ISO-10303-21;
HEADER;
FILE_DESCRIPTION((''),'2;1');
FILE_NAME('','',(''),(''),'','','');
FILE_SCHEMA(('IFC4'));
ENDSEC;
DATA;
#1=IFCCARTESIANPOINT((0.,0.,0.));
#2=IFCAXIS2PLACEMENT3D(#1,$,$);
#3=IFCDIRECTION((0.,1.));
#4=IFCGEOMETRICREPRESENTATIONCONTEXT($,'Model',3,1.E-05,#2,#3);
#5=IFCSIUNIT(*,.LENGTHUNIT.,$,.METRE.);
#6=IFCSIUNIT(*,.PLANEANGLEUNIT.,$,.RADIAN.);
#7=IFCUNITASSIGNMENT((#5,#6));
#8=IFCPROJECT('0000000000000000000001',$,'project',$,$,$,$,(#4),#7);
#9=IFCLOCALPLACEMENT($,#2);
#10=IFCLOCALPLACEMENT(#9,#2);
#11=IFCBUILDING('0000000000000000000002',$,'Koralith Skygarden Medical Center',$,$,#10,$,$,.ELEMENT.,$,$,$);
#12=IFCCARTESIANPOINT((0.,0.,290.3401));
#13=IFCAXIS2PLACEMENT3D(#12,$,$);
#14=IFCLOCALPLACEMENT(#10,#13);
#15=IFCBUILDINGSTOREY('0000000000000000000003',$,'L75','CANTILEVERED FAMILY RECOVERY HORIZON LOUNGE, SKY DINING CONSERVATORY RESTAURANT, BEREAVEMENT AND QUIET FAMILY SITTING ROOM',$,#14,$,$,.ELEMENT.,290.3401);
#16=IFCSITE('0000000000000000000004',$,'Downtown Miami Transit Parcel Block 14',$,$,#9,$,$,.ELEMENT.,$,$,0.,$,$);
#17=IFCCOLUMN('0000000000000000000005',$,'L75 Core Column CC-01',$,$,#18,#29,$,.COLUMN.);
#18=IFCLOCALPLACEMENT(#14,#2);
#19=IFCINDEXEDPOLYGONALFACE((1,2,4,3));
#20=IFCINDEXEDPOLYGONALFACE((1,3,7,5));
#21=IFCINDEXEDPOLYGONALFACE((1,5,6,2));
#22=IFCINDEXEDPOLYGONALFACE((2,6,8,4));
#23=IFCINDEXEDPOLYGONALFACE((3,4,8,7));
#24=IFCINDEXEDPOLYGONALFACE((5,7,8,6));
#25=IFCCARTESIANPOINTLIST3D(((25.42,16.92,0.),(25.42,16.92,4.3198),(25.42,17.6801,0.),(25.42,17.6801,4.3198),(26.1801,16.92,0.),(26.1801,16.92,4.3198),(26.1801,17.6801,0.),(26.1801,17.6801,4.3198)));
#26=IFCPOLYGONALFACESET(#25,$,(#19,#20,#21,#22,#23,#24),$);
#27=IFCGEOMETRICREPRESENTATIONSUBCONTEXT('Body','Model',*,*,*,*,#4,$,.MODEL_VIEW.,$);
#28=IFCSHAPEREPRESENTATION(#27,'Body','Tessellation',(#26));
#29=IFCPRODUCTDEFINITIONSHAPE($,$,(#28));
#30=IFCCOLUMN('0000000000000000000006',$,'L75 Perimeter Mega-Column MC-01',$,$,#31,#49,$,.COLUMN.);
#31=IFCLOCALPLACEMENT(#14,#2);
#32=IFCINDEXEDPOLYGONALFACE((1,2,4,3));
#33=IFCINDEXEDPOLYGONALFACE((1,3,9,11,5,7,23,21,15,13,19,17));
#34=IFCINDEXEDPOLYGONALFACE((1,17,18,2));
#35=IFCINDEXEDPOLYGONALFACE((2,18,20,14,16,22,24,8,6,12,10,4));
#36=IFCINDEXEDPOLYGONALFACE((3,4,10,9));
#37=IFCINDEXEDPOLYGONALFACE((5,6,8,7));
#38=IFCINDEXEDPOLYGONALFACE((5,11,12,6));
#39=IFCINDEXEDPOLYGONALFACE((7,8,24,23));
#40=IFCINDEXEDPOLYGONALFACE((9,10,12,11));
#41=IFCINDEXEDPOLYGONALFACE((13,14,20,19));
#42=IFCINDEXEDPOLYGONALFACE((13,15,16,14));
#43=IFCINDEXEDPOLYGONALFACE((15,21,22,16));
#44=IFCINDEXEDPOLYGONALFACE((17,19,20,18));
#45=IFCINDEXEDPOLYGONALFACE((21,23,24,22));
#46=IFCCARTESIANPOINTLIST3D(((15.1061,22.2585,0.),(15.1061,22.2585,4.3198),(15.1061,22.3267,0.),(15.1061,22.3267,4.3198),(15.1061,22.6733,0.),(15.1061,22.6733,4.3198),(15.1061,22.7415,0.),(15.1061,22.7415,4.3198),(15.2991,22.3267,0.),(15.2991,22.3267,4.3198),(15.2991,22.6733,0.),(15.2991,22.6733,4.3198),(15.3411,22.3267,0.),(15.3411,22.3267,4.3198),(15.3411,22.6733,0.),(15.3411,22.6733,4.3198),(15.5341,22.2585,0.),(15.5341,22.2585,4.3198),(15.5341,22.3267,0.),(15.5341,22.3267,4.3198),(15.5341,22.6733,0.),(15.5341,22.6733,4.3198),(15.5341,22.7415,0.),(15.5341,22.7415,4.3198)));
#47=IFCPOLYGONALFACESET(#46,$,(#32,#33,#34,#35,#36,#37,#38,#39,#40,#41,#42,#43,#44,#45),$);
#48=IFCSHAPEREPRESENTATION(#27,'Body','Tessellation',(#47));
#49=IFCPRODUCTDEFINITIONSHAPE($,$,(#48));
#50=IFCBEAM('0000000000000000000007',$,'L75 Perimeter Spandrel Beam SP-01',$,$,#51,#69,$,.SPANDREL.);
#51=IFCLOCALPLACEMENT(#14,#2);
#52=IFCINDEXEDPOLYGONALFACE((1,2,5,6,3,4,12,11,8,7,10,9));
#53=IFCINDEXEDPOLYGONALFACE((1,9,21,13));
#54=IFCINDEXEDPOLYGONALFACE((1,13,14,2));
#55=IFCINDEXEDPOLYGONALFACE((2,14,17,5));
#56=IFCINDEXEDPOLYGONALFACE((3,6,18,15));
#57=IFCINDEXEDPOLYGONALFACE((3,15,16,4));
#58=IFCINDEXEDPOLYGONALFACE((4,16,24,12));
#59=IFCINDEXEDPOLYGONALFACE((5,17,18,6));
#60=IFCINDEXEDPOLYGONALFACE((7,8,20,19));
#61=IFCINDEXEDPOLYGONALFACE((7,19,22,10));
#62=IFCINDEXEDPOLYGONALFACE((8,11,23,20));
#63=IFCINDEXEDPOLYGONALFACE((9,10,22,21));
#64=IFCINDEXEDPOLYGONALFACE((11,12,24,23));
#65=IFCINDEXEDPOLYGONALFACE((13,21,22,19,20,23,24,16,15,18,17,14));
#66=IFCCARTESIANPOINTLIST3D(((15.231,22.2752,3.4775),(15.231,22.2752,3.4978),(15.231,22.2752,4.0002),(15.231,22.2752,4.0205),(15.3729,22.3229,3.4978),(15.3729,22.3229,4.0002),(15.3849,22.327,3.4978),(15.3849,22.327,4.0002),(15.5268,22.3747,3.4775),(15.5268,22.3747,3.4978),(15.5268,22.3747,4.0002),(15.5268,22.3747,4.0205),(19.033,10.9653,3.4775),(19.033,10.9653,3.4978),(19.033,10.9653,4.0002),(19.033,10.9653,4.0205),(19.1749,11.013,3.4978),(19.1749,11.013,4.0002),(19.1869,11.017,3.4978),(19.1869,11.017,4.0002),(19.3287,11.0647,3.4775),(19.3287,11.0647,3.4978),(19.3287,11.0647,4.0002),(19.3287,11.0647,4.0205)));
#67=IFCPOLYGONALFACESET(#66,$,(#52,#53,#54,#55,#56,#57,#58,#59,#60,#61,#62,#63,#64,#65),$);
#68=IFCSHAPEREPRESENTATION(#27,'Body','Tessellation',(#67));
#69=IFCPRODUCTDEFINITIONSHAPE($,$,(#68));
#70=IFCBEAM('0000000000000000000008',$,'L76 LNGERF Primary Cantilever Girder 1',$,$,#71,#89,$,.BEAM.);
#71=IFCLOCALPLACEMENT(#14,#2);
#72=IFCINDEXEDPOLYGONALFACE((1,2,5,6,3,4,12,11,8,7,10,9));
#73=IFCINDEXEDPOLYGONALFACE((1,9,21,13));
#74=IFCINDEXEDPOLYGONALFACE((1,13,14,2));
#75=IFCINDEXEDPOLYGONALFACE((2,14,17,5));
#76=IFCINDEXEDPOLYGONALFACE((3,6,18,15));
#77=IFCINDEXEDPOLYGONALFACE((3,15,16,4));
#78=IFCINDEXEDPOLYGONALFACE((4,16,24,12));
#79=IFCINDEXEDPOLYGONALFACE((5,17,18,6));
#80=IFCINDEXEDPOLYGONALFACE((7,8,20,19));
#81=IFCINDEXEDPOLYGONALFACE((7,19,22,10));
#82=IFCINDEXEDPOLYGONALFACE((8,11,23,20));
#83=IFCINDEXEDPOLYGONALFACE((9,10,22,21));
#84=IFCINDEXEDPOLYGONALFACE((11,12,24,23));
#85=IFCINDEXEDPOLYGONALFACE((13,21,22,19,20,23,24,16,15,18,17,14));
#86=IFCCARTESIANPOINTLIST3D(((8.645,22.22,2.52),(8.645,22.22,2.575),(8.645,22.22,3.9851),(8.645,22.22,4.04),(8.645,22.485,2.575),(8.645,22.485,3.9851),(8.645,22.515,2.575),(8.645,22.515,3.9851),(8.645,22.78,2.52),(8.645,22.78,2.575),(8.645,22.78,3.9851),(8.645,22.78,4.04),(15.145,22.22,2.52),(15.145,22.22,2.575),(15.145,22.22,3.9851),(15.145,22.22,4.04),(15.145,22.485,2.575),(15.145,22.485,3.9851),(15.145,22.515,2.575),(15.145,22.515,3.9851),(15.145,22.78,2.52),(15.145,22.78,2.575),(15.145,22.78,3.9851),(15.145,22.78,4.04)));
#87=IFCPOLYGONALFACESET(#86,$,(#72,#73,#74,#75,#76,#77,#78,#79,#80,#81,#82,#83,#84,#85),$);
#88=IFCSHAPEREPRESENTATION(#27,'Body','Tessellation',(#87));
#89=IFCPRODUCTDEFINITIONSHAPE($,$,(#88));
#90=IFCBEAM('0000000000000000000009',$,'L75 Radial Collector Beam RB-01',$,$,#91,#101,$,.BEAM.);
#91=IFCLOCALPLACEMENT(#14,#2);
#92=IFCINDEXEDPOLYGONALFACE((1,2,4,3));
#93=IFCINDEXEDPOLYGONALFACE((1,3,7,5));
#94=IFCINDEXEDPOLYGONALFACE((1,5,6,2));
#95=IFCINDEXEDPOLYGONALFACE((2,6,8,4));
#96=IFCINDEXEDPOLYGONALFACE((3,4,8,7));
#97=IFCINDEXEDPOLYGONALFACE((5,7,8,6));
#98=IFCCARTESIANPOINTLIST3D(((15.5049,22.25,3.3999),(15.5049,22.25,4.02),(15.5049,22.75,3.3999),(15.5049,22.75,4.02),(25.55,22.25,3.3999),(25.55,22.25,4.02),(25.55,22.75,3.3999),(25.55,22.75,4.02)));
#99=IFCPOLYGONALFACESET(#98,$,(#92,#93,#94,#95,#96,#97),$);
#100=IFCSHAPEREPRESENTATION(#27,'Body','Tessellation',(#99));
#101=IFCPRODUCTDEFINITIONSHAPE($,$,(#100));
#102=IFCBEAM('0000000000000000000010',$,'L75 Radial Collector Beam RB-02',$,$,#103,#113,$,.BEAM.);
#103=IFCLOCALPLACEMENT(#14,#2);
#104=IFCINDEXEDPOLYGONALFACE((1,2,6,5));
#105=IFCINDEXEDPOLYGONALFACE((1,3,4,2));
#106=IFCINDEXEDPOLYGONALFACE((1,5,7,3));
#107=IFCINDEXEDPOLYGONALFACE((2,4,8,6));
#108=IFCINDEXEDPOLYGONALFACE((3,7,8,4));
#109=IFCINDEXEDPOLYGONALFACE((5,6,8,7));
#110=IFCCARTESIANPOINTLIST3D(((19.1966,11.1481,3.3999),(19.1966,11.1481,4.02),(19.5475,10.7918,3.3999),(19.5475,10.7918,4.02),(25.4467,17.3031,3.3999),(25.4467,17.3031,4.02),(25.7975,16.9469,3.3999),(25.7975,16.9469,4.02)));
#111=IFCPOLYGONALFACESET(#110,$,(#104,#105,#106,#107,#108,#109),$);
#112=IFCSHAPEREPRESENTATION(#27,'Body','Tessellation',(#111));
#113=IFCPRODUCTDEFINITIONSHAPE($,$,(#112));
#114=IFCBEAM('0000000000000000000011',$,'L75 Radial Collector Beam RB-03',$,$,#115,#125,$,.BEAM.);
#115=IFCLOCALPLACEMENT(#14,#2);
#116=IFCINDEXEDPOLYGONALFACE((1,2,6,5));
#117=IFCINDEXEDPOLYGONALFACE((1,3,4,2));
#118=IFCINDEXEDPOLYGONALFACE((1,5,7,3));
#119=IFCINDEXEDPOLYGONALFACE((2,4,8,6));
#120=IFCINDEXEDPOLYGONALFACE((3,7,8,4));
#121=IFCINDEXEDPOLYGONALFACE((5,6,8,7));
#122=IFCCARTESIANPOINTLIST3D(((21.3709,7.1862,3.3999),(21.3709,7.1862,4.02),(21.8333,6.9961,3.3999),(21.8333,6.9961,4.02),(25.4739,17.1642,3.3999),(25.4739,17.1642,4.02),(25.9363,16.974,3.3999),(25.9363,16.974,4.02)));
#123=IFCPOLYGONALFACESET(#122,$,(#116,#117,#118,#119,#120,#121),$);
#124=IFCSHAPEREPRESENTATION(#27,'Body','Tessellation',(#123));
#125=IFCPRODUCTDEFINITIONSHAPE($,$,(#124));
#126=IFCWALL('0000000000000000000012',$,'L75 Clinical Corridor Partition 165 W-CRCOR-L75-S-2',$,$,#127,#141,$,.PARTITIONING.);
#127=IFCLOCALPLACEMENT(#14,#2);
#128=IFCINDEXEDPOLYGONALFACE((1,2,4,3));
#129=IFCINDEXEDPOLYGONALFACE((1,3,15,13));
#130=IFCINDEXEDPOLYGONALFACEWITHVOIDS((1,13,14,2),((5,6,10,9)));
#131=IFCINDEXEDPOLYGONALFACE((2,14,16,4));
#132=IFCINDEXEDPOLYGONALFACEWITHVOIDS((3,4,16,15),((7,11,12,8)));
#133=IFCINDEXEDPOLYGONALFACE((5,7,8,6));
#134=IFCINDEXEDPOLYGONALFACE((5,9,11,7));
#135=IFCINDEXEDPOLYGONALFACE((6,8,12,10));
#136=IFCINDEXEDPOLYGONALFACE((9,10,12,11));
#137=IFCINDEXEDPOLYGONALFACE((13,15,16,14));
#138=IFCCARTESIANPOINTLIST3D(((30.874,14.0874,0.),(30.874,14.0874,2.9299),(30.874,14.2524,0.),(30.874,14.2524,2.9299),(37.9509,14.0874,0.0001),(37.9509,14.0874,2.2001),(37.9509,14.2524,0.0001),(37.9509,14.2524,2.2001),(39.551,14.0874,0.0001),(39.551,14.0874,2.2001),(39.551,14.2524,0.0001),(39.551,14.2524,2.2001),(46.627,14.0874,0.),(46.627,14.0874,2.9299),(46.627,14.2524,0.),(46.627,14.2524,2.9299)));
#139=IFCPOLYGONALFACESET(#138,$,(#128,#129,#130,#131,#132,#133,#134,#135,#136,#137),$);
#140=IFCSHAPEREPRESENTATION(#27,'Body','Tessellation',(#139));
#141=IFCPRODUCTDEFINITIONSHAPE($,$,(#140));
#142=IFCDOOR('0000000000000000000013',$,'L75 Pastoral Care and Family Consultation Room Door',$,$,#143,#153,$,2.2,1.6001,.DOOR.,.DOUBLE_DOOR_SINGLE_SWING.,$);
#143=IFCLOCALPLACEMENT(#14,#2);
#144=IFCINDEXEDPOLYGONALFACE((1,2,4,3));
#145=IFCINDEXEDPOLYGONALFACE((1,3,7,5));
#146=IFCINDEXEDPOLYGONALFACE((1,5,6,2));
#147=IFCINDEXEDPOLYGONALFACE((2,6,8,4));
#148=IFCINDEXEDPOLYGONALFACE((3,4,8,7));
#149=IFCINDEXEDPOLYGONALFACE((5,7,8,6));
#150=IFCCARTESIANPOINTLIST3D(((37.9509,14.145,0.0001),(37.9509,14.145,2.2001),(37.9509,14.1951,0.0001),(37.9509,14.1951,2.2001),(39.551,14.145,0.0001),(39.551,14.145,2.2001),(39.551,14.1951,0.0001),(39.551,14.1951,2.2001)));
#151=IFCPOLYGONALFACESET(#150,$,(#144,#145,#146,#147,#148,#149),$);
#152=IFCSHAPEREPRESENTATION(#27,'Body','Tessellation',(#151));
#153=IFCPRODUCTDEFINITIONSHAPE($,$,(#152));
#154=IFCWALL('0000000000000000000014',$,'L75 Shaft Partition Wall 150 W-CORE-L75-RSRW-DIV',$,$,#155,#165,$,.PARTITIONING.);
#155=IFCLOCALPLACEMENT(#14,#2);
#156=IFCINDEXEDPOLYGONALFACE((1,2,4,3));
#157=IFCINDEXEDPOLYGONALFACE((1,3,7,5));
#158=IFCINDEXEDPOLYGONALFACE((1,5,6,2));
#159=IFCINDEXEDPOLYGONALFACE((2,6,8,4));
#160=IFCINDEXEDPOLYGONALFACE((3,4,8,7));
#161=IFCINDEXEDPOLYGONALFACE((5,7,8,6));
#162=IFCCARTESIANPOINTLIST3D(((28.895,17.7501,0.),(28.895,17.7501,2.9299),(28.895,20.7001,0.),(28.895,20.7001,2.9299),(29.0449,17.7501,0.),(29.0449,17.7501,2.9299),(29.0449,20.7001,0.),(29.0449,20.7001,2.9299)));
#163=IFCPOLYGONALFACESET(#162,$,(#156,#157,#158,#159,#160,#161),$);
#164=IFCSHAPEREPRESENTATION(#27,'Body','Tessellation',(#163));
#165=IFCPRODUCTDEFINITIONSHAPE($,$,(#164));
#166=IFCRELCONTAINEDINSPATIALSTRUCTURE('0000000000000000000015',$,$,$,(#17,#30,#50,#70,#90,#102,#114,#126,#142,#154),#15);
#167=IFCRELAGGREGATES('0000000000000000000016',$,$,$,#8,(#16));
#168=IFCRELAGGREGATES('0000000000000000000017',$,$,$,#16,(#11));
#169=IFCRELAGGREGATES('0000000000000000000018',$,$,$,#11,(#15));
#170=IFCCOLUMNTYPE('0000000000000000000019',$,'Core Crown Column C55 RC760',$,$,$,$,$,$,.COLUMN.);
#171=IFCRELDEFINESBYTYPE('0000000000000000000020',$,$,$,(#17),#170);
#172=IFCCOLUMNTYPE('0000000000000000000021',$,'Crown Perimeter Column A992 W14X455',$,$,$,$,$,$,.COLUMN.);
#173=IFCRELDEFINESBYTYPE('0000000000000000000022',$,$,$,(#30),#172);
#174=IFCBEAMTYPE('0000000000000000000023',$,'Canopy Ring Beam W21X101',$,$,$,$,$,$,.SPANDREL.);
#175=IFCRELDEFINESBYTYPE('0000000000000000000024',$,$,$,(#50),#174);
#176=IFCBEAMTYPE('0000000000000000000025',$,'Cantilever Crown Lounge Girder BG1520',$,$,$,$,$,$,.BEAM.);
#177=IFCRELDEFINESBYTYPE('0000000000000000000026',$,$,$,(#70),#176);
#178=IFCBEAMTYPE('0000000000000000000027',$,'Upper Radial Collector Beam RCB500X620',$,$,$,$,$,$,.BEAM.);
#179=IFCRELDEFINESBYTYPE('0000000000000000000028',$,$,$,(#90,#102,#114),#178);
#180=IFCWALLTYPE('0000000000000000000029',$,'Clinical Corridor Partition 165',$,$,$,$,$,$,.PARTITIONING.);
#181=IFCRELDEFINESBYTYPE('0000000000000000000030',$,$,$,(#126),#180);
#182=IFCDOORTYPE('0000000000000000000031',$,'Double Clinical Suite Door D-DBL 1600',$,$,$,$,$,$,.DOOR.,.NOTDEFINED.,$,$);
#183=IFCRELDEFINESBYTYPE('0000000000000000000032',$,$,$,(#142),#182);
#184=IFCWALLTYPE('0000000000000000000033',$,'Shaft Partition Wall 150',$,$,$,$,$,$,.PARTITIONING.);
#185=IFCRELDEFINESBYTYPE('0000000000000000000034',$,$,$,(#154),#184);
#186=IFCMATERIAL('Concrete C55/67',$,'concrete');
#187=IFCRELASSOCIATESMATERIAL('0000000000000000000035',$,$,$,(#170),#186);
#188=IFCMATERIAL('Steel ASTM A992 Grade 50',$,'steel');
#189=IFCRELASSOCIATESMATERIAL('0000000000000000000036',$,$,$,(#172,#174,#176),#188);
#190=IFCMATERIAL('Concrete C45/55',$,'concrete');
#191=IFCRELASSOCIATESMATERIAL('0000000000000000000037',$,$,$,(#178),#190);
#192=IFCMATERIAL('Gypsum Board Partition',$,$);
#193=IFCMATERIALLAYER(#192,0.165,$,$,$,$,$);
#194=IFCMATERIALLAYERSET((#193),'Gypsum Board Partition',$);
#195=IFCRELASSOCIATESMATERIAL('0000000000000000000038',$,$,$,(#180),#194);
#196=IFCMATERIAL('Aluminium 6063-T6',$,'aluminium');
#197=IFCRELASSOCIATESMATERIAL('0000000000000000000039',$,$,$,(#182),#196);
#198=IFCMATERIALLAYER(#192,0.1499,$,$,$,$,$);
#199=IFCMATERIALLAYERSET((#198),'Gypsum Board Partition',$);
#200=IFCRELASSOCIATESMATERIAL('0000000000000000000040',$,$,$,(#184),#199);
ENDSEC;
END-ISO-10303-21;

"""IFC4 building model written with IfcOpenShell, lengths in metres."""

from ifc_helpers import new_model, si_unit, direction, frame, frame_2d, origin, origin_2d, place, context, subcontext, project, spatial, rectangle, i_section, extrude, material, layer, layer_set, material_profile, profile_set, type_object, element, fill, save


model = new_model("IFC4")

# Units and contexts
model_context = context("Model", 3, precision=1e-05, world=origin(), true_north=direction((0.0, 1.0)))
body_context = subcontext(model_context, "Body", "Model", "MODEL_VIEW")
ifc_project = project(units=[si_unit("LENGTHUNIT", "METRE"), si_unit("PLANEANGLEUNIT", "RADIAN")], contexts=[model_context])

# Site, building, storey
site_placement = place(None, origin())
site = spatial("IfcSite", under=ifc_project, at=site_placement, Name="Downtown Miami Transit Parcel Block 14", CompositionType="ELEMENT", RefElevation=0.0)
building_placement = place(site_placement, origin())
building = spatial("IfcBuilding", under=site, at=building_placement, Name="Koralith Skygarden Medical Center", CompositionType="ELEMENT")
storey_placement = place(building_placement, frame((0.0, 0.0, 290.3401)))
storey = spatial("IfcBuildingStorey", under=building, at=storey_placement, Name="L75", Description="CANTILEVERED FAMILY RECOVERY HORIZON LOUNGE, SKY DINING CONSERVATORY RESTAURANT, BEREAVEMENT AND QUIET FAMILY SITTING ROOM", CompositionType="ELEMENT", Elevation=290.3401)

# Columns
ifc_material_1 = material(Name="Concrete C55/67", Category="concrete")
ifc_material_profile_1 = material_profile(ifc_material_1, rectangle(XDim=0.76, YDim=0.76, at=origin_2d()), Name="RC760X760")
ifc_profile_set_1 = profile_set([ifc_material_profile_1], Name="Concrete C55/67")
column_type_1 = type_object("IfcColumnType", Name="Core Crown Column C55 RC760", PredefinedType="COLUMN", material=ifc_profile_set_1)
column_1_placement = place(storey_placement, frame((25.8, 17.3, 0.0), z_axis=(0.0, 0.0, 1.0), x_axis=(1.0, 0.0, 0.0)))
element("IfcColumn", 1, at=column_1_placement, inside=storey, type_object=column_type_1, Name="L75 Core Column CC-01", PredefinedType="COLUMN", context=body_context, shape_type="SweptSolid", body=[
    extrude(rectangle(XDim=0.76, YDim=0.76, at=origin_2d()), origin(), (0.0, 0.0, 1.0), 4.3198),
])
ifc_material_2 = material(Name="Steel ASTM A992 Grade 50", Category="steel")
ifc_material_profile_2 = material_profile(ifc_material_2, i_section(OverallWidth=0.428, OverallDepth=0.4829, WebThickness=0.042, FlangeThickness=0.0681, at=origin_2d()), Name="W14X455")
ifc_profile_set_2 = profile_set([ifc_material_profile_2], Name="Steel ASTM A992 Grade 50")
column_type_2 = type_object("IfcColumnType", Name="Crown Perimeter Column A992 W14X455", PredefinedType="COLUMN", material=ifc_profile_set_2)
column_2_placement = place(storey_placement, frame((15.3201, 22.5, 0.0), z_axis=(0.0, 0.0, 1.0), x_axis=(1.0, 0.0, 0.0)))
element("IfcColumn", 2, at=column_2_placement, inside=storey, type_object=column_type_2, Name="L75 Perimeter Mega-Column MC-01", PredefinedType="COLUMN", context=body_context, shape_type="SweptSolid", body=[
    extrude(i_section(OverallWidth=0.428, OverallDepth=0.4829, WebThickness=0.042, FlangeThickness=0.0681, at=origin_2d()), origin(), (0.0, 0.0, 1.0), 4.3198),
])

# Beams
ifc_material_profile_3 = material_profile(ifc_material_2, i_section(OverallWidth=0.312, OverallDepth=0.543, WebThickness=0.0127, FlangeThickness=0.0203, at=origin_2d()), Name="W21X101")
ifc_profile_set_3 = profile_set([ifc_material_profile_3], Name="Steel ASTM A992 Grade 50")
beam_type_1 = type_object("IfcBeamType", Name="Canopy Ring Beam W21X101", PredefinedType="SPANDREL", material=ifc_profile_set_3)
beam_1_placement = place(storey_placement, frame((15.3789, 22.325, 3.749), z_axis=(0.318639, -0.947876, 0.0), x_axis=(0.947876, 0.318639, 0.0)))
element("IfcBeam", 3, at=beam_1_placement, inside=storey, type_object=beam_type_1, Name="L75 Perimeter Spandrel Beam SP-01", PredefinedType="SPANDREL", context=body_context, shape_type="SweptSolid", body=[
    extrude(i_section(OverallWidth=0.312, OverallDepth=0.543, WebThickness=0.0127, FlangeThickness=0.0203, at=origin_2d()), origin(), (0.0, 0.0, 1.0), 11.9319),
])
ifc_material_profile_4 = material_profile(ifc_material_2, i_section(OverallWidth=0.5601, OverallDepth=1.52, WebThickness=0.03, FlangeThickness=0.0549, at=origin_2d()), Name="BG1520X560X55X30")
ifc_profile_set_4 = profile_set([ifc_material_profile_4], Name="Steel ASTM A992 Grade 50")
beam_type_2 = type_object("IfcBeamType", Name="Cantilever Crown Lounge Girder BG1520", PredefinedType="BEAM", material=ifc_profile_set_4)
beam_2_placement = place(storey_placement, frame((15.145, 22.5, 3.28), z_axis=(-1.0, 0.0, 0.0), x_axis=(0.0, -1.0, 0.0)))
element("IfcBeam", 4, at=beam_2_placement, inside=storey, type_object=beam_type_2, Name="L76 LNGERF Primary Cantilever Girder 1", PredefinedType="BEAM", context=body_context, shape_type="SweptSolid", body=[
    extrude(i_section(OverallWidth=0.5601, OverallDepth=1.52, WebThickness=0.03, FlangeThickness=0.0549, at=origin_2d()), origin(), (0.0, 0.0, 1.0), 6.5),
])
ifc_material_3 = material(Name="Concrete C45/55", Category="concrete")
ifc_material_profile_5 = material_profile(ifc_material_3, rectangle(XDim=0.5, YDim=0.6201, at=origin_2d()), Name="RCB500X620")
ifc_profile_set_5 = profile_set([ifc_material_profile_5], Name="Concrete C45/55")
beam_type_3 = type_object("IfcBeamType", Name="Upper Radial Collector Beam RCB500X620", PredefinedType="BEAM", material=ifc_profile_set_5)
beam_3_placement = place(storey_placement, frame((25.55, 22.5, 3.71), z_axis=(-1.0, 0.0, 0.0), x_axis=(0.0, -1.0, 0.0)))
element("IfcBeam", 5, at=beam_3_placement, inside=storey, type_object=beam_type_3, Name="L75 Radial Collector Beam RB-01", PredefinedType="BEAM", context=body_context, shape_type="SweptSolid", body=[
    extrude(rectangle(XDim=0.5, YDim=0.6201, at=origin_2d()), origin(), (0.0, 0.0, 1.0), 10.0452),
])
beam_4_placement = place(storey_placement, frame((25.6221, 17.125, 3.71), z_axis=(-0.712499, -0.701673, 0.0), x_axis=(0.701673, -0.712499, 0.0)))
element("IfcBeam", 6, at=beam_4_placement, inside=storey, type_object=beam_type_3, Name="L75 Radial Collector Beam RB-02", PredefinedType="BEAM", context=body_context, shape_type="SweptSolid", body=[
    extrude(rectangle(XDim=0.5, YDim=0.6201, at=origin_2d()), origin(), (0.0, 0.0, 1.0), 8.772),
])
beam_5_placement = place(storey_placement, frame((25.7051, 17.0691, 3.71), z_axis=(-0.380308, -0.92486, 0.0), x_axis=(0.92486, -0.380308, 0.0)))
element("IfcBeam", 7, at=beam_5_placement, inside=storey, type_object=beam_type_3, Name="L75 Radial Collector Beam RB-03", PredefinedType="BEAM", context=body_context, shape_type="SweptSolid", body=[
    extrude(rectangle(XDim=0.5, YDim=0.6201, at=origin_2d()), origin(), (0.0, 0.0, 1.0), 10.7886),
])

# Shared definitions
ifc_material_4 = material(Name="Gypsum Board Partition")
ifc_material_5 = material(Name="Aluminium 6063-T6", Category="aluminium")

# Wall, opening, door
ifc_layer_1 = layer(ifc_material_4, 0.165)
ifc_layer_set_1 = layer_set([ifc_layer_1], Name="Gypsum Board Partition")
wall_type_1 = type_object("IfcWallType", Name="Clinical Corridor Partition 165", PredefinedType="PARTITIONING", material=ifc_layer_set_1)
wall_1_placement = place(storey_placement, frame((30.874, 14.1699, 0.0), z_axis=(0.0, 0.0, 1.0), x_axis=(1.0, 0.0, 0.0)))
wall_1 = element("IfcWall", 8, at=wall_1_placement, inside=storey, type_object=wall_type_1, Name="L75 Clinical Corridor Partition 165 W-CRCOR-L75-S-2", PredefinedType="PARTITIONING", context=body_context, shape_type="SweptSolid", body=[
    extrude(rectangle(XDim=15.7529, YDim=0.165, at=frame_2d((7.8765, 0.0))), origin(), (0.0, 0.0, 1.0), 2.9299),
])
opening_1_placement = place(wall_1_placement, frame((7.0769, 0.0, 0.0)))
opening_1 = element("IfcOpeningElement", 9, at=opening_1_placement, cuts=wall_1, PredefinedType="OPENING", context=body_context, shape_type="SweptSolid", body=[
    extrude(rectangle(XDim=1.6001, YDim=2.2, at=frame_2d((0.8, 1.1001))), frame((0.0, 0.0925, 0.0), z_axis=(0.0, -1.0, 0.0), x_axis=(1.0, 0.0, 0.0)), (0.0, 0.0, 1.0), 0.1851),
])
door_type_1 = type_object("IfcDoorType", Name="Double Clinical Suite Door D-DBL 1600", OperationType="NOTDEFINED", PredefinedType="DOOR", material=ifc_material_5)
door_1_placement = place(opening_1_placement, frame((1.6001, 0.0, 0.0), z_axis=(0.0, 0.0, 1.0), x_axis=(-1.0, 0.0, 0.0)))
door_1 = element("IfcDoor", 10, at=door_1_placement, inside=storey, type_object=door_type_1, Name="L75 Pastoral Care and Family Consultation Room Door", OperationType="DOUBLE_DOOR_SINGLE_SWING", OverallHeight=2.2, OverallWidth=1.6001, PredefinedType="DOOR", context=body_context, shape_type="SweptSolid", body=[
    extrude(rectangle(XDim=1.6001, YDim=2.2, at=frame_2d((0.8, 1.1001))), frame((0.0, 0.0249, 0.0), z_axis=(0.0, -1.0, 0.0), x_axis=(1.0, 0.0, 0.0)), (0.0, 0.0, 1.0), 0.05),
])
fill(opening_1, door_1)

# Wall
ifc_layer_2 = layer(ifc_material_4, 0.1499)
ifc_layer_set_2 = layer_set([ifc_layer_2], Name="Gypsum Board Partition")
wall_type_2 = type_object("IfcWallType", Name="Shaft Partition Wall 150", PredefinedType="PARTITIONING", material=ifc_layer_set_2)
wall_2_placement = place(storey_placement, frame((28.97, 17.75, 0.0), z_axis=(0.0, 0.0, 1.0), x_axis=(0.0, 1.0, 0.0)))
element("IfcWall", 11, at=wall_2_placement, inside=storey, type_object=wall_type_2, Name="L75 Shaft Partition Wall 150 W-CORE-L75-RSRW-DIV", PredefinedType="PARTITIONING", context=body_context, shape_type="SweptSolid", body=[
    extrude(rectangle(XDim=2.95, YDim=0.1499, at=frame_2d((1.4751, 0.0))), origin(), (0.0, 0.0, 1.0), 2.9299),
])

save(model, "model.ifc")
